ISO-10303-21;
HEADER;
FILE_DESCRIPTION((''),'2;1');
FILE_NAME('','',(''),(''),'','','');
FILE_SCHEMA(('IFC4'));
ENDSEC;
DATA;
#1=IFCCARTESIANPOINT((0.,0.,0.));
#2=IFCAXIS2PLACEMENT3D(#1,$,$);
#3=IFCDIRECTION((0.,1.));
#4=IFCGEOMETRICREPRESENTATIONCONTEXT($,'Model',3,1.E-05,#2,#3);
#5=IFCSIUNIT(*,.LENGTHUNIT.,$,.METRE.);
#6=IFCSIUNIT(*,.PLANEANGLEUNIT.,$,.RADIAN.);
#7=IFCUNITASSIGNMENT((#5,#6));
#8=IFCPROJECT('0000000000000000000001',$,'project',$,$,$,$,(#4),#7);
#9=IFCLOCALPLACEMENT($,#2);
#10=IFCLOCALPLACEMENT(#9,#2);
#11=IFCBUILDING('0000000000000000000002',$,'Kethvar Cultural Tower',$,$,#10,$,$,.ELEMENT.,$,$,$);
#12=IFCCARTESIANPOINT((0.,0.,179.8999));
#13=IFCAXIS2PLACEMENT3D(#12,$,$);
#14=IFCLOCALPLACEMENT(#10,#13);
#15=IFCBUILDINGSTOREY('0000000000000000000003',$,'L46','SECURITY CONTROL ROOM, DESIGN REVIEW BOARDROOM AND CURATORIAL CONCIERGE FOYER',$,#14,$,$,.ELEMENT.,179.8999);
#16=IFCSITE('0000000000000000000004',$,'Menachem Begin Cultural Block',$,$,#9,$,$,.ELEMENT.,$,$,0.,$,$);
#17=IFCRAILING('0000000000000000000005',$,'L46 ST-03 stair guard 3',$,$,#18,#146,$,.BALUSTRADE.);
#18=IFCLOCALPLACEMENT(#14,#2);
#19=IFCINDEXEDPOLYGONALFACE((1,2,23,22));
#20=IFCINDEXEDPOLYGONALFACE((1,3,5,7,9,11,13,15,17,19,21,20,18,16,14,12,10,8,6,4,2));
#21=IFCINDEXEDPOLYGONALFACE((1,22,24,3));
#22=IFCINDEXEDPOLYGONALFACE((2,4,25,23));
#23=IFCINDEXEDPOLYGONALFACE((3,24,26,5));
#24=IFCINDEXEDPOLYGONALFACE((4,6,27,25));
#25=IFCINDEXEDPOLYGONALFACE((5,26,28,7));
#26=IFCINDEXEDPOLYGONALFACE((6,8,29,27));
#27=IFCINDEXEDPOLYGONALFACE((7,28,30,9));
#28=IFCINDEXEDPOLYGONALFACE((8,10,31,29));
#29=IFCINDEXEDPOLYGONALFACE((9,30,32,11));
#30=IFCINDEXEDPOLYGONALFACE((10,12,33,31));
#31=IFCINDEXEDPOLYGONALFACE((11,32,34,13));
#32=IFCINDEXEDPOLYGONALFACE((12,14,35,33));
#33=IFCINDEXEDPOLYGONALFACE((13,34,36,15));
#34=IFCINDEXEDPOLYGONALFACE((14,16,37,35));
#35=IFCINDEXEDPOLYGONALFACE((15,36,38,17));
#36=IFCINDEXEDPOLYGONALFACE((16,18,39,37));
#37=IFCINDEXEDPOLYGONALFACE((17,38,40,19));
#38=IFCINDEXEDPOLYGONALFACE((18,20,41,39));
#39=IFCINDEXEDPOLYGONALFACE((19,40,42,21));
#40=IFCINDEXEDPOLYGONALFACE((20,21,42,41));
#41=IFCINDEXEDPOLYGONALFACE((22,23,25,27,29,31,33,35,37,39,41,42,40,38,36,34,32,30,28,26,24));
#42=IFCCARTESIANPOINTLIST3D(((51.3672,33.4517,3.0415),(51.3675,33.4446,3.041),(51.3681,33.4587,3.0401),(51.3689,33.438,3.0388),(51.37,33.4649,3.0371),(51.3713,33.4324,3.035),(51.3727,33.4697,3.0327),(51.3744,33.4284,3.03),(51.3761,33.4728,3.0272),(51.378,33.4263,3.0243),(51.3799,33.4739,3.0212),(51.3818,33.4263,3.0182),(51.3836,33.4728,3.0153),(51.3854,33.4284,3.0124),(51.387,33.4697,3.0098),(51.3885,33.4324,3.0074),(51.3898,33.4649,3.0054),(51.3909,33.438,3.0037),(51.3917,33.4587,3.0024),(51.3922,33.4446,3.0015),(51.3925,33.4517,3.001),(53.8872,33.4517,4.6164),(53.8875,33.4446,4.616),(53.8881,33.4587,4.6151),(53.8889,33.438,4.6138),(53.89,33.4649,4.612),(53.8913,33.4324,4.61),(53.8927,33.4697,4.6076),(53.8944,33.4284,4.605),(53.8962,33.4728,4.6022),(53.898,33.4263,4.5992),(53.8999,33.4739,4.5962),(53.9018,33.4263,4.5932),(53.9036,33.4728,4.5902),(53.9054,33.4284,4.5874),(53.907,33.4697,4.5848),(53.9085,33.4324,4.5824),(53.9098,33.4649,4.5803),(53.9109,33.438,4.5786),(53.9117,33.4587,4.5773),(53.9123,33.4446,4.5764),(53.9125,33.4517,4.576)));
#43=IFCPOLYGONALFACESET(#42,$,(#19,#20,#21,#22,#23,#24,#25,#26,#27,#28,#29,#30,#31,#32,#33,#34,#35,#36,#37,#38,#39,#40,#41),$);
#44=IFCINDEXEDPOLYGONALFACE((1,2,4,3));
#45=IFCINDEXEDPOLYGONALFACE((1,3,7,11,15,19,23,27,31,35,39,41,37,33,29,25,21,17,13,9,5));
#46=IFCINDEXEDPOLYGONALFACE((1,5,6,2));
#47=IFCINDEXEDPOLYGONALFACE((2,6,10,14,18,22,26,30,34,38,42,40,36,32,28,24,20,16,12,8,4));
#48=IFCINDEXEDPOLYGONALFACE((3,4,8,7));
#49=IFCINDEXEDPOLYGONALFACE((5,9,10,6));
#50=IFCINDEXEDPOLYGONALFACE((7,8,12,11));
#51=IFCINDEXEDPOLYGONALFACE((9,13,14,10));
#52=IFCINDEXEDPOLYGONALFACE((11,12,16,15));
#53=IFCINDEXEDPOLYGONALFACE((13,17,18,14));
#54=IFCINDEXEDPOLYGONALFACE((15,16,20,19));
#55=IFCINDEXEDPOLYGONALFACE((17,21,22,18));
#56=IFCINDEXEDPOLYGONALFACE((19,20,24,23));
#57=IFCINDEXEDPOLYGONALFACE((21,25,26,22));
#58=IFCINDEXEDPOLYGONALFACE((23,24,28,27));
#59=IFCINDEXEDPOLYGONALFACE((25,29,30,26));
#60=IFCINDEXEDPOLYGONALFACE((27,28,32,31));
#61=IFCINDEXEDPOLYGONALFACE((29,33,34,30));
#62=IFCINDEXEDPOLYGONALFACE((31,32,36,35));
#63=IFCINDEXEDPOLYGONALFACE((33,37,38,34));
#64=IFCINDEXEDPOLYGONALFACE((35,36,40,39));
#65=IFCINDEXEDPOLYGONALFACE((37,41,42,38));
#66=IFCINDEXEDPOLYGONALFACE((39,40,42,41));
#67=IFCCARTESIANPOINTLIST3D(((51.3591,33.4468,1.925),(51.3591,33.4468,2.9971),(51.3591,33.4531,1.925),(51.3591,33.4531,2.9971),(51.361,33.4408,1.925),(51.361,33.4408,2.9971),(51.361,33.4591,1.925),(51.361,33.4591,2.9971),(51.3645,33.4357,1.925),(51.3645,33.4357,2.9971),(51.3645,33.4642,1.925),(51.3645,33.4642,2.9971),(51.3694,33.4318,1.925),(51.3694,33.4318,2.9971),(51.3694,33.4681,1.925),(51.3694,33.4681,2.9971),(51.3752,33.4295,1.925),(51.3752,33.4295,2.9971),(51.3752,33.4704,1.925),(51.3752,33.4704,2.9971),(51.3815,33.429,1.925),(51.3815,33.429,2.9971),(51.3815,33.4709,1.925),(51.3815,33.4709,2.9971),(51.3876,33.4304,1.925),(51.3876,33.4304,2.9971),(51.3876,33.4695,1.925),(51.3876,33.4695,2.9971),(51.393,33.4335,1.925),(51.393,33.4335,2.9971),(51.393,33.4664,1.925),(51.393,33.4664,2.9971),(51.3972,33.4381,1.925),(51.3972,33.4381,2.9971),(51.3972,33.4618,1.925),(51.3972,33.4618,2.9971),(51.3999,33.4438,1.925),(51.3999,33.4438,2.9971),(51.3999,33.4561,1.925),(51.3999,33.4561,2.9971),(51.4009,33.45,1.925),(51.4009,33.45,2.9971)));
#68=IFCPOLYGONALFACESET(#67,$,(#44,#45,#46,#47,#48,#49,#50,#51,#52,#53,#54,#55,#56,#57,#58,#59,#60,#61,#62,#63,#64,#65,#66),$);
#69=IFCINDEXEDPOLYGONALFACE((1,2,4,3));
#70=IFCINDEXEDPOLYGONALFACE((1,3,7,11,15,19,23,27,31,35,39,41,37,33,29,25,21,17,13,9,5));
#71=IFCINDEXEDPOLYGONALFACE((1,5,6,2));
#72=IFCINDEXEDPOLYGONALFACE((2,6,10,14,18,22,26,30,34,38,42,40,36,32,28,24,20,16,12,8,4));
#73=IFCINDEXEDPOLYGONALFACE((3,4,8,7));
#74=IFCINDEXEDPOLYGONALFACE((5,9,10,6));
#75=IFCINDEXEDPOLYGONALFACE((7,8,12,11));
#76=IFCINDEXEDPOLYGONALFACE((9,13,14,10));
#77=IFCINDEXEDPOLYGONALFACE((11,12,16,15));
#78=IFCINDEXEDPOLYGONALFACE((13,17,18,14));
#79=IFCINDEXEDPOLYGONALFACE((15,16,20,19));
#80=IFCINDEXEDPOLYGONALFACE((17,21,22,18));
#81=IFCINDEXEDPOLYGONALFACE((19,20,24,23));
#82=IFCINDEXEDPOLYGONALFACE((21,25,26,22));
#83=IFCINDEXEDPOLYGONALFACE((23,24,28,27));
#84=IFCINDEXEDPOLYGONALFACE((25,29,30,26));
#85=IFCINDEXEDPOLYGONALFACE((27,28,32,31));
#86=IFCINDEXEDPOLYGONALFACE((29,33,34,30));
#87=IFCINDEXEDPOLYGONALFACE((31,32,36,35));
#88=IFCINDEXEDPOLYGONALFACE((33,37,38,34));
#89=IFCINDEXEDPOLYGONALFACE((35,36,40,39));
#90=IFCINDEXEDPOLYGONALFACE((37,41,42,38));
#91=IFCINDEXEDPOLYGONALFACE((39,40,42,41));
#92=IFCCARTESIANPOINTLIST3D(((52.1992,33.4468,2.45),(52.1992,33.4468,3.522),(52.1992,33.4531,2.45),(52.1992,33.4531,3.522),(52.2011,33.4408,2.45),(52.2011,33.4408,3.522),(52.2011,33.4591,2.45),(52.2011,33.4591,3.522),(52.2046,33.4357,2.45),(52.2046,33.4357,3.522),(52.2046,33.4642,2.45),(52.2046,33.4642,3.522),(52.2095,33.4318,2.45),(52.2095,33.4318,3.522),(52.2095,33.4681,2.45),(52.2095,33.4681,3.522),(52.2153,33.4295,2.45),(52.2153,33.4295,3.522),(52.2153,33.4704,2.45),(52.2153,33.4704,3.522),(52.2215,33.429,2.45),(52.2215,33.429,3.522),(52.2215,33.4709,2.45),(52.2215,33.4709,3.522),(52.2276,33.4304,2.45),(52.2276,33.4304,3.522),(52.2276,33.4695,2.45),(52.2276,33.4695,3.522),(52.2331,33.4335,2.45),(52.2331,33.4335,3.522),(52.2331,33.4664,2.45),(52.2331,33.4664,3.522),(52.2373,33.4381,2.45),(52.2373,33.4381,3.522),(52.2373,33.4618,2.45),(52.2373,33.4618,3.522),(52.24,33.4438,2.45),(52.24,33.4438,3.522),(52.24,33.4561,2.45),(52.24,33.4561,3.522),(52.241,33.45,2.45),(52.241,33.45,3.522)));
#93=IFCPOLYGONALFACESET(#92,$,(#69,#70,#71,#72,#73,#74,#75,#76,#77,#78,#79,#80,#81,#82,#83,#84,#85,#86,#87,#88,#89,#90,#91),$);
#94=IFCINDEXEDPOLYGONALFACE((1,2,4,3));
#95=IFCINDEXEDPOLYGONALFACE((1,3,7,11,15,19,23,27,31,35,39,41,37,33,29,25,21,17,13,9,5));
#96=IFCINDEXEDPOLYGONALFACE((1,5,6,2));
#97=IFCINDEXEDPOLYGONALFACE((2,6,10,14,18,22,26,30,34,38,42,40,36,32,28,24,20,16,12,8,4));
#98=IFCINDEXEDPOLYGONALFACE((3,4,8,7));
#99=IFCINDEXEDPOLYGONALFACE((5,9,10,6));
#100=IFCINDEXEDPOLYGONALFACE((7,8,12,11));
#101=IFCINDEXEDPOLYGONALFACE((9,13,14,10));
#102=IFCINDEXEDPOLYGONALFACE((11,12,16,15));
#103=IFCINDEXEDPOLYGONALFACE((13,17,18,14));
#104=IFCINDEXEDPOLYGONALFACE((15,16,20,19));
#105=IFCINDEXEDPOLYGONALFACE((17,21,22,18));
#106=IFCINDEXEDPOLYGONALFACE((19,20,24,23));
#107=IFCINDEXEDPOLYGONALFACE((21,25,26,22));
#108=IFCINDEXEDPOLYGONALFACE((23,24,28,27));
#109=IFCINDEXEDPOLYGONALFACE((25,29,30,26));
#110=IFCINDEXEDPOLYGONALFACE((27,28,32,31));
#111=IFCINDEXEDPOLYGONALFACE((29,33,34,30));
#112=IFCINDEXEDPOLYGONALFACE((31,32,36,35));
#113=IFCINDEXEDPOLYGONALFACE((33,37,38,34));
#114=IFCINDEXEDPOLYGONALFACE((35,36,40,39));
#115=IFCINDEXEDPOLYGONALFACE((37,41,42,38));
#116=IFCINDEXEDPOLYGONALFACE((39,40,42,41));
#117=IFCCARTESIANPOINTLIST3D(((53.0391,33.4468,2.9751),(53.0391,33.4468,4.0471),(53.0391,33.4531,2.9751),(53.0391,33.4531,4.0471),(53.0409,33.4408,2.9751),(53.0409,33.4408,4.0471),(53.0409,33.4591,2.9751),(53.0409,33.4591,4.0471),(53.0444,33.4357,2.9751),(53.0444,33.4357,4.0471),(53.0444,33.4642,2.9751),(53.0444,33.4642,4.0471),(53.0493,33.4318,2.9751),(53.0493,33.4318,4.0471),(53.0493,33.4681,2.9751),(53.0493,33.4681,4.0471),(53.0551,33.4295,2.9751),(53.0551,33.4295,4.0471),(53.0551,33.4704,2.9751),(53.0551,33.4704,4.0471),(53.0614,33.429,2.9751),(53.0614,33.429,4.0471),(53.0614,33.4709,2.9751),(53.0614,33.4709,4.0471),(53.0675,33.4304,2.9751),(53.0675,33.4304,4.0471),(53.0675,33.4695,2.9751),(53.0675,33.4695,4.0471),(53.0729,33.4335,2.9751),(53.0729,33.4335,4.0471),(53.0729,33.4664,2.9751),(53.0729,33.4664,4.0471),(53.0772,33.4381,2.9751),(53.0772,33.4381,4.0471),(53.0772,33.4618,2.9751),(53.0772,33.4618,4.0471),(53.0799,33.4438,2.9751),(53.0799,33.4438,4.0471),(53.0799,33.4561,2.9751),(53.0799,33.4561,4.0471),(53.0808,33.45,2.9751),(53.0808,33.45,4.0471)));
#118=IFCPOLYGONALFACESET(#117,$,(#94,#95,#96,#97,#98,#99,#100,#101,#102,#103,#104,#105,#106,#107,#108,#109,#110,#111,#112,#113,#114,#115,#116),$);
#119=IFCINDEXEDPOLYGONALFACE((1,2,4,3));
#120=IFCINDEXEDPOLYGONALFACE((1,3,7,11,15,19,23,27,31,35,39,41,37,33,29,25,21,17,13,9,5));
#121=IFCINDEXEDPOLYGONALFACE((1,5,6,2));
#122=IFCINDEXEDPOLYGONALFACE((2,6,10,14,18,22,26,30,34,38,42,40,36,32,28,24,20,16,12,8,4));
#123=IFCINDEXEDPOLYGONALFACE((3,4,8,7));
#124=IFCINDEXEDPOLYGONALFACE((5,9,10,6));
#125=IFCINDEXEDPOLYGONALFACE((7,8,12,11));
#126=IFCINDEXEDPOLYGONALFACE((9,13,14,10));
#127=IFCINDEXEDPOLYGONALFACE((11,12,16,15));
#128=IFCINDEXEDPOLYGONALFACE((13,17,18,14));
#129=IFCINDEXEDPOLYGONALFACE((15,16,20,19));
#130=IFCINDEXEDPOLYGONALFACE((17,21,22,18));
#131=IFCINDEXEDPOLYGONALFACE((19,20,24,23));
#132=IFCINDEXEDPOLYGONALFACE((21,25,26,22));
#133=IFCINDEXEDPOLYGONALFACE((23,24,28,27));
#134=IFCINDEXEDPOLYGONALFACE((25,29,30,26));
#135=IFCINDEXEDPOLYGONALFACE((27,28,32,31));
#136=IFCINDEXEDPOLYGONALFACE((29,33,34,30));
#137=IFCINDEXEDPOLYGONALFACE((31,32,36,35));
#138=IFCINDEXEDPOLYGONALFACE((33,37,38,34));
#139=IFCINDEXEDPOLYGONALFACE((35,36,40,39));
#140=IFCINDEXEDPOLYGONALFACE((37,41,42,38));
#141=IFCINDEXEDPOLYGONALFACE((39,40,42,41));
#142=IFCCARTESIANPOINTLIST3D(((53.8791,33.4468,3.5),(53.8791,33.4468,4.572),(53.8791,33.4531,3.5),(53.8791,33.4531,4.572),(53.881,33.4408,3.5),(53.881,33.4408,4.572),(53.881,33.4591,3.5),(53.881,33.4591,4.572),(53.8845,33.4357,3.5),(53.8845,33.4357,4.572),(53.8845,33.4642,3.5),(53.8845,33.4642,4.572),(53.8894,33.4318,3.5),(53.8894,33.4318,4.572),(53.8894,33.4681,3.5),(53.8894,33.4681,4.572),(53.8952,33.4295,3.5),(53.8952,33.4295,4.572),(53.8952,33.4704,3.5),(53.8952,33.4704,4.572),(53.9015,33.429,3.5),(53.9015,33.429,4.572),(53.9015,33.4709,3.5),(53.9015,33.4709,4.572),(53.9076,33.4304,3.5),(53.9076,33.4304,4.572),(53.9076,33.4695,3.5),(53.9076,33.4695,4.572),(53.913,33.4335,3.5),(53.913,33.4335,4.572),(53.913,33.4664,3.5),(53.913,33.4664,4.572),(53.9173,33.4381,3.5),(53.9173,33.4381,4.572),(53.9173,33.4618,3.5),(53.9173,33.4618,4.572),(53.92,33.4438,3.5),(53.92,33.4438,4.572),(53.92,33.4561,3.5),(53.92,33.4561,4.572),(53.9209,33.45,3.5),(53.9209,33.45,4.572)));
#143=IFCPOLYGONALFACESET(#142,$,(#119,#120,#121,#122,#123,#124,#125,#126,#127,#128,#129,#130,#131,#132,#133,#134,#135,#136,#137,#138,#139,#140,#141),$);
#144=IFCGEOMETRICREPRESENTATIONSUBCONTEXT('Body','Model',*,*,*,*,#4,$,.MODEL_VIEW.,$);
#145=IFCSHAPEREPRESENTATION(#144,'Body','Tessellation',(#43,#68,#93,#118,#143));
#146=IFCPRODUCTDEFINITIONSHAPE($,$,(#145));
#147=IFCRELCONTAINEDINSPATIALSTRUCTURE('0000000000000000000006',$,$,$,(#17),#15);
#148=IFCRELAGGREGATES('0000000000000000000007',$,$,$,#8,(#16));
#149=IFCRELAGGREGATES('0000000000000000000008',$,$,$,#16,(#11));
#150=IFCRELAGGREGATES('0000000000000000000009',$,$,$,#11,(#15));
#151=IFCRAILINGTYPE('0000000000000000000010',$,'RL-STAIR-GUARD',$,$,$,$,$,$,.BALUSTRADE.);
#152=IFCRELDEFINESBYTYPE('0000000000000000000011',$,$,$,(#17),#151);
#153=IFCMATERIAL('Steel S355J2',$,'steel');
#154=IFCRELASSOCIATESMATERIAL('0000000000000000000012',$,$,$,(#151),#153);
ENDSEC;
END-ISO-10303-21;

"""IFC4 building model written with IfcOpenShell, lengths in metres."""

from ifc_helpers import new_model, si_unit, direction, frame, origin, origin_2d, place, context, subcontext, project, spatial, circle, extrude, material, type_object, element, save


model = new_model("IFC4")

# Units and contexts
model_context = context("Model", 3, precision=1e-05, world=origin(), true_north=direction((0.0, 1.0)))
body_context = subcontext(model_context, "Body", "Model", "MODEL_VIEW")
ifc_project = project(units=[si_unit("LENGTHUNIT", "METRE"), si_unit("PLANEANGLEUNIT", "RADIAN")], contexts=[model_context])

# Site, building, storey
site_placement = place(None, origin())
site = spatial("IfcSite", under=ifc_project, at=site_placement, Name="Menachem Begin Cultural Block", CompositionType="ELEMENT", RefElevation=0.0)
building_placement = place(site_placement, origin())
building = spatial("IfcBuilding", under=site, at=building_placement, Name="Kethvar Cultural Tower", CompositionType="ELEMENT")
storey_placement = place(building_placement, frame((0.0, 0.0, 179.8999)))
storey = spatial("IfcBuildingStorey", under=building, at=storey_placement, Name="L46", Description="SECURITY CONTROL ROOM, DESIGN REVIEW BOARDROOM AND CURATORIAL CONCIERGE FOYER", CompositionType="ELEMENT", Elevation=179.8999)

# Shared definitions
ifc_material_1 = material(Name="Steel S355J2", Category="steel")

# Railing
railing_type_1 = type_object("IfcRailingType", Name="RL-STAIR-GUARD", PredefinedType="BALUSTRADE", material=ifc_material_1)
railing_1_placement = place(storey_placement, frame((51.3799, 33.45, 1.925)))
element("IfcRailing", 1, at=railing_1_placement, inside=storey, type_object=railing_type_1, Name="L46 ST-03 stair guard 3", PredefinedType="BALUSTRADE", context=body_context, shape_type="SweptSolid", body=[
    extrude(circle(Radius=0.0239, at=origin_2d()), frame((0.0, 0.0, 1.0962), z_axis=(0.848008, 0.0, 0.529984), x_axis=(0.0, 1.0, 0.0)), (0.0, 0.0, 1.0), 2.9717),
    extrude(circle(Radius=0.021, at=origin_2d()), origin(), (0.0, 0.0, 1.0), 1.072),
    extrude(circle(Radius=0.021, at=origin_2d()), frame((0.8401, 0.0, 0.5249)), (0.0, 0.0, 1.0), 1.072),
    extrude(circle(Radius=0.021, at=origin_2d()), frame((1.6799, 0.0, 1.05)), (0.0, 0.0, 1.0), 1.072),
    extrude(circle(Radius=0.021, at=origin_2d()), frame((2.52, 0.0, 1.575)), (0.0, 0.0, 1.0), 1.072),
])

save(model, "model.ifc")
